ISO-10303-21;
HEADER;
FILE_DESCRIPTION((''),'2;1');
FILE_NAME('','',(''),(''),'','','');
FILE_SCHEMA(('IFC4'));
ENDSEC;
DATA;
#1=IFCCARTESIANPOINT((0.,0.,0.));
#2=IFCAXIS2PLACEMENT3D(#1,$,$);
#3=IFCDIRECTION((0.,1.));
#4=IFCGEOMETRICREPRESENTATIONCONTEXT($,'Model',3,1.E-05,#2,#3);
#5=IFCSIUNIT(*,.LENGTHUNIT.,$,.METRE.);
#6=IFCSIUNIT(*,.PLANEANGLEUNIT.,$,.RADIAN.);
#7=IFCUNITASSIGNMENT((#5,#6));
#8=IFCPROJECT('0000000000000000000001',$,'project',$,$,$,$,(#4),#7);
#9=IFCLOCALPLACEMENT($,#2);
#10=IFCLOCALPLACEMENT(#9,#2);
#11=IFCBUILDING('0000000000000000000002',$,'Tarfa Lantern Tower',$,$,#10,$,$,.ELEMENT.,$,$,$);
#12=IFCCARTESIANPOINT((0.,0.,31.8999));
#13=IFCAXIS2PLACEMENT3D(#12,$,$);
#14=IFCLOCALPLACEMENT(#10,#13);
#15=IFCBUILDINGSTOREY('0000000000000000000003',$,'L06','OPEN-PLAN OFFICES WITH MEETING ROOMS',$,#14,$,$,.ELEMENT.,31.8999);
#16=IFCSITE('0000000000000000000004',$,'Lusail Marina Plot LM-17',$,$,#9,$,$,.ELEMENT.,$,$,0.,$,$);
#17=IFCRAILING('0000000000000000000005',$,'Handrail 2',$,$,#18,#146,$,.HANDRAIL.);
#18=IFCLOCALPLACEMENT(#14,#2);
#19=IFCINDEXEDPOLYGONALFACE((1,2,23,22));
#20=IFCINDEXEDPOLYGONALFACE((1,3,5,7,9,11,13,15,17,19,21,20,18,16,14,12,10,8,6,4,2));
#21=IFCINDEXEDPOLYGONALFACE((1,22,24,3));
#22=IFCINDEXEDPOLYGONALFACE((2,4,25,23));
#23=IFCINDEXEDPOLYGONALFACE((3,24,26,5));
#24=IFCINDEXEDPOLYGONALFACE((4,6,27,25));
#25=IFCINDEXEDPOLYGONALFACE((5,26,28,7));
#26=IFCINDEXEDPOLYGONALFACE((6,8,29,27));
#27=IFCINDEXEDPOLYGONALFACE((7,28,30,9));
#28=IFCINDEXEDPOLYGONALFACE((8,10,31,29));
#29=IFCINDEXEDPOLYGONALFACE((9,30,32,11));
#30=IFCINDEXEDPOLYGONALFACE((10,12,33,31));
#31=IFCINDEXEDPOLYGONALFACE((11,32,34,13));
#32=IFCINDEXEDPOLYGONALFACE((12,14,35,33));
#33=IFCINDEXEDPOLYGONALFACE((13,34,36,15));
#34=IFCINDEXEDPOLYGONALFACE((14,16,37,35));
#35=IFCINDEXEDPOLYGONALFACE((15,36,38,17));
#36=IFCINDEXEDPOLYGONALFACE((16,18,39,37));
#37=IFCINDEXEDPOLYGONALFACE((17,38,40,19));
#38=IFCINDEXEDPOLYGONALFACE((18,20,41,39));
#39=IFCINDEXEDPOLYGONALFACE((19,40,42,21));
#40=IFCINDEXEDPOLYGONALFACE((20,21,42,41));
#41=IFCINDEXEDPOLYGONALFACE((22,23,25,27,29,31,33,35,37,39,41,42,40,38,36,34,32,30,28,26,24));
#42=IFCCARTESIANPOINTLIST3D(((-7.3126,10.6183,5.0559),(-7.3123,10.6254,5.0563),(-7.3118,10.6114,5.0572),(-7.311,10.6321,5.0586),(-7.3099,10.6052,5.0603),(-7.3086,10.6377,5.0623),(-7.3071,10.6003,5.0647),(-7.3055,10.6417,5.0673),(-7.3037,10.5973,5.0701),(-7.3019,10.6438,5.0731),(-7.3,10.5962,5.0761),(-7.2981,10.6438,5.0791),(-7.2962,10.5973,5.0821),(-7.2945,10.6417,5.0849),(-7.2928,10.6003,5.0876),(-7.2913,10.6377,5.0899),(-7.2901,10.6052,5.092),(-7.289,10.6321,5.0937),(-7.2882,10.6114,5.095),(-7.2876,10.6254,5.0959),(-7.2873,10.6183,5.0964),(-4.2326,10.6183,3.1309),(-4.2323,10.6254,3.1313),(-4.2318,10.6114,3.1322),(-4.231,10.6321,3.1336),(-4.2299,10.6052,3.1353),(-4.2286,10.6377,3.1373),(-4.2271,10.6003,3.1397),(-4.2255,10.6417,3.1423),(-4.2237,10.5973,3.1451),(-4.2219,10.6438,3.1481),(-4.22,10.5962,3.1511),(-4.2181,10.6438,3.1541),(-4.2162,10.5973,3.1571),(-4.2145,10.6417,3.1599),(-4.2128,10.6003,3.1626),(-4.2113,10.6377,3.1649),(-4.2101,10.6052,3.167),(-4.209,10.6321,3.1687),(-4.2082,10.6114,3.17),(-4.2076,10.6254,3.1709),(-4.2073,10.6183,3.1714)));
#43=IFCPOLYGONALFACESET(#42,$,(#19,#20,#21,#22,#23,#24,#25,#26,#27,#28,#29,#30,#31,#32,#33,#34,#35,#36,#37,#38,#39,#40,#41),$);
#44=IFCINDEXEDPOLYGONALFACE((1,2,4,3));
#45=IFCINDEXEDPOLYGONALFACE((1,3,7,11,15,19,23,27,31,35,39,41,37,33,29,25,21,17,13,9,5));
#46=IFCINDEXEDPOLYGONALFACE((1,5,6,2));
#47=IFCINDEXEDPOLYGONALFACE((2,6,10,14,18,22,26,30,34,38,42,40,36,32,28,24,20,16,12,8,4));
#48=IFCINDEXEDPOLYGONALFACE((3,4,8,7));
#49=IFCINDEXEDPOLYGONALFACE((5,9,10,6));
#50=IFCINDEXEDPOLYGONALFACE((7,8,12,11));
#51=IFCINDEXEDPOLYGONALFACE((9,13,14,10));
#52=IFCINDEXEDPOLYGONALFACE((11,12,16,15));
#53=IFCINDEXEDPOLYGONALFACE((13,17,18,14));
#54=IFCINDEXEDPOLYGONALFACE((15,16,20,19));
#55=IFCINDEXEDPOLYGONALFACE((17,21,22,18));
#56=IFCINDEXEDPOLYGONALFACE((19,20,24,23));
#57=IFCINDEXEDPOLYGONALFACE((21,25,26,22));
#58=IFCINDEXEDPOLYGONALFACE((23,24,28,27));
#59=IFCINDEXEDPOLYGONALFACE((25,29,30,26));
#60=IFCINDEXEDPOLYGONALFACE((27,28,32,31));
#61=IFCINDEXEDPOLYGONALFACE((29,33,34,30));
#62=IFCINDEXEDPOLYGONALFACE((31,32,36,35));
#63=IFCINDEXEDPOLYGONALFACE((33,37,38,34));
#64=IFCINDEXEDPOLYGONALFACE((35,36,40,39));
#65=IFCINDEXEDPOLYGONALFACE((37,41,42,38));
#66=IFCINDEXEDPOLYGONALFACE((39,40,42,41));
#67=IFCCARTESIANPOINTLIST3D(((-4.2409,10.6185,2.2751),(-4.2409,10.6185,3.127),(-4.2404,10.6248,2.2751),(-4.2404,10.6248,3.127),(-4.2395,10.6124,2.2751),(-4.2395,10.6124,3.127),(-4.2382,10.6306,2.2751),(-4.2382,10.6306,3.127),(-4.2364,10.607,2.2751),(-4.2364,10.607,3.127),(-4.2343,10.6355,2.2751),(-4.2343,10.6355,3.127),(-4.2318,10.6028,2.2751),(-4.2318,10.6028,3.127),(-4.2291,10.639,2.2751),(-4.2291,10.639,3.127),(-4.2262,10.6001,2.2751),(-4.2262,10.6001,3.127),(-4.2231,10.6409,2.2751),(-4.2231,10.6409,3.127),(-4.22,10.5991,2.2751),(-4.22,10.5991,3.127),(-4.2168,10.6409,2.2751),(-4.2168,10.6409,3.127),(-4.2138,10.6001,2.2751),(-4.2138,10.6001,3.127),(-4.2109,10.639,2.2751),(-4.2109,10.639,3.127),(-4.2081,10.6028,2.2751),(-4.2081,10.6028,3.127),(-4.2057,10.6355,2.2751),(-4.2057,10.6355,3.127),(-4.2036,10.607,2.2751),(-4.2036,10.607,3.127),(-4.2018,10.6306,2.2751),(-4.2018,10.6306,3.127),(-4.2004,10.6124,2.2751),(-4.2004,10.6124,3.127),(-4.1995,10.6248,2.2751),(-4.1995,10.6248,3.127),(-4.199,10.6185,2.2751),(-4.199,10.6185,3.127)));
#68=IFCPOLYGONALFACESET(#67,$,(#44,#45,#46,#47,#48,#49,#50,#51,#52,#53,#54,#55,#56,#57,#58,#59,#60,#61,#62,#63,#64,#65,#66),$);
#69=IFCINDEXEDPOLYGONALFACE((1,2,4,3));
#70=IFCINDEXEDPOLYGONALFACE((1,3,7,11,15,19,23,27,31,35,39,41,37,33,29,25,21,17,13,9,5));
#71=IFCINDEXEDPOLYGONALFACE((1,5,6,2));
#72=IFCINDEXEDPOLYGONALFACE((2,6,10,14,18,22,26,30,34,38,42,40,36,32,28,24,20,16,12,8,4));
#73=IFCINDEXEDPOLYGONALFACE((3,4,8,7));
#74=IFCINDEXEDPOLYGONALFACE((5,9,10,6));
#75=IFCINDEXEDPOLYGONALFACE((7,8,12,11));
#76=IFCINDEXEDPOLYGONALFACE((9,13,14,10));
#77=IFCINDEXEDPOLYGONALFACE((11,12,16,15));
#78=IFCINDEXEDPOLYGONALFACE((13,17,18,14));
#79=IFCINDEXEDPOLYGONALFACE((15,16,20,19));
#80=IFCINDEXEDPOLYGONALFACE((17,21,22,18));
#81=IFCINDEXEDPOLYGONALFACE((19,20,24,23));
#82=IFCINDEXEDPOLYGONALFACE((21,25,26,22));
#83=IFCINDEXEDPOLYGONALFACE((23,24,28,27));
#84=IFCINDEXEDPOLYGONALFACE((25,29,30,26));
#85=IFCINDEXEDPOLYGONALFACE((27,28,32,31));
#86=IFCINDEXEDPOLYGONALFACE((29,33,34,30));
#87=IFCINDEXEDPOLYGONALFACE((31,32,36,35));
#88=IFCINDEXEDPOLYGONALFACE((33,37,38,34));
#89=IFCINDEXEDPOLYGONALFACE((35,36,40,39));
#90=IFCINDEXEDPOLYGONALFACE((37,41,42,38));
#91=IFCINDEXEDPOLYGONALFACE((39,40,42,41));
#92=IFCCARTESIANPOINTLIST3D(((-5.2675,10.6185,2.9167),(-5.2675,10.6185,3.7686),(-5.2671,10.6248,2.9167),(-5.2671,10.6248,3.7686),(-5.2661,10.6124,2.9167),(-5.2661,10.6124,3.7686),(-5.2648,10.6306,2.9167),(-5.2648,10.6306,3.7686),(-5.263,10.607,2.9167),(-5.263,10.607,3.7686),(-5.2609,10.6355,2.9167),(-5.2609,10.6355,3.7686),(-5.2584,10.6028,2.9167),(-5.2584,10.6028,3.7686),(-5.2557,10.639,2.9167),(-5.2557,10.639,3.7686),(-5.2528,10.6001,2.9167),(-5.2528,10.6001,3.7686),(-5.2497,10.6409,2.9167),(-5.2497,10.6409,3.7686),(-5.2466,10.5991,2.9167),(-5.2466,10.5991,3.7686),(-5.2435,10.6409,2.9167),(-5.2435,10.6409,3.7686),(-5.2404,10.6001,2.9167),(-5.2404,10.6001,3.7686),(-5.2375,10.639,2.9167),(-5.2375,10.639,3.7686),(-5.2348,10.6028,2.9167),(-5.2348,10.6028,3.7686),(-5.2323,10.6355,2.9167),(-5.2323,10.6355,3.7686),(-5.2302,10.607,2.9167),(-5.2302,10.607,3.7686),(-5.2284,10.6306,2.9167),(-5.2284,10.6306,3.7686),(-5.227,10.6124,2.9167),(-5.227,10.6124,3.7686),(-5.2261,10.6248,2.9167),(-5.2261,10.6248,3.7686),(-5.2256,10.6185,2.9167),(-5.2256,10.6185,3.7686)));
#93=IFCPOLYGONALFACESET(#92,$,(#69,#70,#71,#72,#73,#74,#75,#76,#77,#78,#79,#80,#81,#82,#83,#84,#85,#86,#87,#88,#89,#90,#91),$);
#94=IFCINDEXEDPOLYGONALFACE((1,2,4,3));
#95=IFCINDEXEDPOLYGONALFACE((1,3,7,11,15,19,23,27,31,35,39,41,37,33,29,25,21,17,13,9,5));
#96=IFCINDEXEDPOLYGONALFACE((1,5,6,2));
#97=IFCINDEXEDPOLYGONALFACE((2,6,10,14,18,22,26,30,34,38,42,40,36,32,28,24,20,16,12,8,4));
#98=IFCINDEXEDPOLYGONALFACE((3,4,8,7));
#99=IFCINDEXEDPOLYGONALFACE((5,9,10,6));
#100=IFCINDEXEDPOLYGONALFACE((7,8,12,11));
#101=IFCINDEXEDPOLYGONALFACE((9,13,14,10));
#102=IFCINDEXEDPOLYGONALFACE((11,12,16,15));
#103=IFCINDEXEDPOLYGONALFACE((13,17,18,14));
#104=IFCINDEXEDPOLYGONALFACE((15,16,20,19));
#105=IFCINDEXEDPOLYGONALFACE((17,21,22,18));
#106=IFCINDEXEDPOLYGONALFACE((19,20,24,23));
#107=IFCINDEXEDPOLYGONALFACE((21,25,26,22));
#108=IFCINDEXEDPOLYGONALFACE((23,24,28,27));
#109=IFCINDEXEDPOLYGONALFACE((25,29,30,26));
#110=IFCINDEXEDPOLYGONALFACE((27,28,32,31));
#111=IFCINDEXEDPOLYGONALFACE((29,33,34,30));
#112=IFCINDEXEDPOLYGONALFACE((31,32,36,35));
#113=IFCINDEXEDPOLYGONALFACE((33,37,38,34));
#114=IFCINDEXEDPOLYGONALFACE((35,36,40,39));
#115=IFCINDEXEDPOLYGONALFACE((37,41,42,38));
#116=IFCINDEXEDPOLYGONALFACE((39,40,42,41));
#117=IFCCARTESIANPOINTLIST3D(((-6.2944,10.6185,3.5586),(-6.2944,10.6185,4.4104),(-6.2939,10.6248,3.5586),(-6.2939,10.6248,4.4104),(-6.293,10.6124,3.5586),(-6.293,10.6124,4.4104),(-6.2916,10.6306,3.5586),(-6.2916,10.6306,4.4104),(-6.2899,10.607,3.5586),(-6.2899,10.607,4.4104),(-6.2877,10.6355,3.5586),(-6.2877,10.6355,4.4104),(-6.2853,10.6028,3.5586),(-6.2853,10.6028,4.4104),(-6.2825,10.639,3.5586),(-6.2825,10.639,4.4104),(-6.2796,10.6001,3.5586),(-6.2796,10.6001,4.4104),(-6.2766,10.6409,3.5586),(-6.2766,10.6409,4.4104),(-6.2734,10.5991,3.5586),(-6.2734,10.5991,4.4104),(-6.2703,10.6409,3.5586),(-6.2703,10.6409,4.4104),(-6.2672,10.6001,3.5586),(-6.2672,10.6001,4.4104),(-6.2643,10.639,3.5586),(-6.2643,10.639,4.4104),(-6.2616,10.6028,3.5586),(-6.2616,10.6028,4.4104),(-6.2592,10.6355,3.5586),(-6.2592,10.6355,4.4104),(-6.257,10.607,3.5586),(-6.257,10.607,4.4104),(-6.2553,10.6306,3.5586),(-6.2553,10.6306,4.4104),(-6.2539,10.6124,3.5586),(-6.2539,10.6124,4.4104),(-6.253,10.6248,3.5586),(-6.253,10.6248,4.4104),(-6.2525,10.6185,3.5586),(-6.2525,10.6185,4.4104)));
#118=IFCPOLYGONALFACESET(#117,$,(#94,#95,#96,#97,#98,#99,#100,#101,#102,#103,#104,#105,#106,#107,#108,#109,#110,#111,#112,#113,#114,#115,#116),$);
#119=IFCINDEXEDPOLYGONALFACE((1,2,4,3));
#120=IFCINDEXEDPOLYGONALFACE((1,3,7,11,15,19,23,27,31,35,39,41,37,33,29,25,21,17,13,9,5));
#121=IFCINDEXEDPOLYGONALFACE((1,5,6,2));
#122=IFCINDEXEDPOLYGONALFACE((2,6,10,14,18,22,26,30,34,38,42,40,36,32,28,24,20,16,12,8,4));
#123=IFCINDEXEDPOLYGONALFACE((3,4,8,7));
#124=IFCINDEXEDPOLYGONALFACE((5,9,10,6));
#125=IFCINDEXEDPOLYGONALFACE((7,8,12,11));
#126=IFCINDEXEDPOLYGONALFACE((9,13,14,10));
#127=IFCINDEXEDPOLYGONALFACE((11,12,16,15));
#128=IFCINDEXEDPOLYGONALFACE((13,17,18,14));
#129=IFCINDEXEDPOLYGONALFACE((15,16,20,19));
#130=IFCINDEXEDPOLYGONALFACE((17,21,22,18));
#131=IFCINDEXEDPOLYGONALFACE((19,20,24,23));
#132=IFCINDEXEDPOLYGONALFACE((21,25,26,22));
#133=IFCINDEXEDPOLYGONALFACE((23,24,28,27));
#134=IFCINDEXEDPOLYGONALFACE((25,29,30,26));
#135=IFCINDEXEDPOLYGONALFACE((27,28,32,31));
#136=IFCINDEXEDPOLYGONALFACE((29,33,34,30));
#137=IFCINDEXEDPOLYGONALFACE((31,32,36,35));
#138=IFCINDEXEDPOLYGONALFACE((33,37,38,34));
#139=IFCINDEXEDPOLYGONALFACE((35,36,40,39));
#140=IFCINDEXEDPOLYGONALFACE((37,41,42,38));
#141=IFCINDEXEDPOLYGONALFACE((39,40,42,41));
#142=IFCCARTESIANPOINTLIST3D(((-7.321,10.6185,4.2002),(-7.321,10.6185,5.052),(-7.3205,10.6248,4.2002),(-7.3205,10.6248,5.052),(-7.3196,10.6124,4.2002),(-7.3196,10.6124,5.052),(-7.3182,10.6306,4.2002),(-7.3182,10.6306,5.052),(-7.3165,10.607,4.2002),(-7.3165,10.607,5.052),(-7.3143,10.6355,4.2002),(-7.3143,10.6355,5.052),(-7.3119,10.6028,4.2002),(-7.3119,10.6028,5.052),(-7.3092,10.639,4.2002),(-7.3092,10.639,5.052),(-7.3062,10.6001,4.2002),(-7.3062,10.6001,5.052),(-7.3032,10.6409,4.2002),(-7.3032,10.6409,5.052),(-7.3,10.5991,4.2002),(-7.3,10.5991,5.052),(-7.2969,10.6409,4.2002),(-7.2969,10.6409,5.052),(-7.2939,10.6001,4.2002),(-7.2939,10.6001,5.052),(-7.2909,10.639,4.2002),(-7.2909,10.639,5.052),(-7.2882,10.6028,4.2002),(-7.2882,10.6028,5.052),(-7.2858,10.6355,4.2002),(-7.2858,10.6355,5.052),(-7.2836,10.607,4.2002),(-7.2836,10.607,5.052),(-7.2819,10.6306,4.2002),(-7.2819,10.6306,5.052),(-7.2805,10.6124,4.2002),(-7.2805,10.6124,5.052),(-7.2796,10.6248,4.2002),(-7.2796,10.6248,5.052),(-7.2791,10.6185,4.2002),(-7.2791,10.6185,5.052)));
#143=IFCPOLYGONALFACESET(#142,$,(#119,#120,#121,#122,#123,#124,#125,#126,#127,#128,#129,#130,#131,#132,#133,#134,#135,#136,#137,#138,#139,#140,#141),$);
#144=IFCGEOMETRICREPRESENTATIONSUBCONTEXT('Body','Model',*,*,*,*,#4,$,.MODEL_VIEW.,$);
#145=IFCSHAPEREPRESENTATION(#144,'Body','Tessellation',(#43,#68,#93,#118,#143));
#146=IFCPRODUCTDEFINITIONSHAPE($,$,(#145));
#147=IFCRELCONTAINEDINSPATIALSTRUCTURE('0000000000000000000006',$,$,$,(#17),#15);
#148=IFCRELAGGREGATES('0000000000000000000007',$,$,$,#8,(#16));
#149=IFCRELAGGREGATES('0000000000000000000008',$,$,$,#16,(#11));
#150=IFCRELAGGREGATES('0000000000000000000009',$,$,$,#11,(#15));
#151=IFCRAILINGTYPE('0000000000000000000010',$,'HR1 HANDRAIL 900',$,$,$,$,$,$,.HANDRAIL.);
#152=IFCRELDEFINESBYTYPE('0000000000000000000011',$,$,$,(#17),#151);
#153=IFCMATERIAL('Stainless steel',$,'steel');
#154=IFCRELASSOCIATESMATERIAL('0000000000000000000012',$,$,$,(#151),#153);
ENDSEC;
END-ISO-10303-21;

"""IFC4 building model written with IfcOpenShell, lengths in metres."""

from ifc_helpers import new_model, si_unit, direction, frame, origin, origin_2d, place, context, subcontext, project, spatial, circle, extrude, material, type_object, element, save


model = new_model("IFC4")

# Units and contexts
model_context = context("Model", 3, precision=1e-05, world=origin(), true_north=direction((0.0, 1.0)))
body_context = subcontext(model_context, "Body", "Model", "MODEL_VIEW")
ifc_project = project(units=[si_unit("LENGTHUNIT", "METRE"), si_unit("PLANEANGLEUNIT", "RADIAN")], contexts=[model_context])

# Site, building, storey
site_placement = place(None, origin())
site = spatial("IfcSite", under=ifc_project, at=site_placement, Name="Lusail Marina Plot LM-17", CompositionType="ELEMENT", RefElevation=0.0)
building_placement = place(site_placement, origin())
building = spatial("IfcBuilding", under=site, at=building_placement, Name="Tarfa Lantern Tower", CompositionType="ELEMENT")
storey_placement = place(building_placement, frame((0.0, 0.0, 31.8999)))
storey = spatial("IfcBuildingStorey", under=building, at=storey_placement, Name="L06", Description="OPEN-PLAN OFFICES WITH MEETING ROOMS", CompositionType="ELEMENT", Elevation=31.8999)

# Railing
ifc_material_1 = material(Name="Stainless steel", Category="steel")
railing_type = type_object("IfcRailingType", Name="HR1 HANDRAIL 900", PredefinedType="HANDRAIL", material=ifc_material_1)
railing_1_placement = place(storey_placement, frame((-4.22, 10.6201, 2.2751)))
element("IfcRailing", 1, at=railing_1_placement, inside=storey, type_object=railing_type, Name="Handrail 2", PredefinedType="HANDRAIL", context=body_context, shape_type="SweptSolid", body=[
    extrude(circle(Radius=0.0239, at=origin_2d()), frame((0.0, 0.0, 0.876), z_axis=(-0.847998, 0.0, 0.529999), x_axis=(0.0, -1.0, 0.0)), (0.0, 0.0, 1.0), 3.6321),
    extrude(circle(Radius=0.021, at=origin_2d()), frame((0.0, 0.0, 0.0), z_axis=(0.0, 0.0, 1.0), x_axis=(0.0, -1.0, 0.0)), (0.0, 0.0, 1.0), 0.8518),
    extrude(circle(Radius=0.021, at=origin_2d()), frame((-1.0266, 0.0, 0.6416), z_axis=(0.0, 0.0, 1.0), x_axis=(0.0, -1.0, 0.0)), (0.0, 0.0, 1.0), 0.8518),
    extrude(circle(Radius=0.021, at=origin_2d()), frame((-2.0535, 0.0, 1.2834), z_axis=(0.0, 0.0, 1.0), x_axis=(0.0, -1.0, 0.0)), (0.0, 0.0, 1.0), 0.8518),
    extrude(circle(Radius=0.021, at=origin_2d()), frame((-3.0801, 0.0, 1.925), z_axis=(0.0, 0.0, 1.0), x_axis=(0.0, -1.0, 0.0)), (0.0, 0.0, 1.0), 0.8518),
])

save(model, "model.ifc")
